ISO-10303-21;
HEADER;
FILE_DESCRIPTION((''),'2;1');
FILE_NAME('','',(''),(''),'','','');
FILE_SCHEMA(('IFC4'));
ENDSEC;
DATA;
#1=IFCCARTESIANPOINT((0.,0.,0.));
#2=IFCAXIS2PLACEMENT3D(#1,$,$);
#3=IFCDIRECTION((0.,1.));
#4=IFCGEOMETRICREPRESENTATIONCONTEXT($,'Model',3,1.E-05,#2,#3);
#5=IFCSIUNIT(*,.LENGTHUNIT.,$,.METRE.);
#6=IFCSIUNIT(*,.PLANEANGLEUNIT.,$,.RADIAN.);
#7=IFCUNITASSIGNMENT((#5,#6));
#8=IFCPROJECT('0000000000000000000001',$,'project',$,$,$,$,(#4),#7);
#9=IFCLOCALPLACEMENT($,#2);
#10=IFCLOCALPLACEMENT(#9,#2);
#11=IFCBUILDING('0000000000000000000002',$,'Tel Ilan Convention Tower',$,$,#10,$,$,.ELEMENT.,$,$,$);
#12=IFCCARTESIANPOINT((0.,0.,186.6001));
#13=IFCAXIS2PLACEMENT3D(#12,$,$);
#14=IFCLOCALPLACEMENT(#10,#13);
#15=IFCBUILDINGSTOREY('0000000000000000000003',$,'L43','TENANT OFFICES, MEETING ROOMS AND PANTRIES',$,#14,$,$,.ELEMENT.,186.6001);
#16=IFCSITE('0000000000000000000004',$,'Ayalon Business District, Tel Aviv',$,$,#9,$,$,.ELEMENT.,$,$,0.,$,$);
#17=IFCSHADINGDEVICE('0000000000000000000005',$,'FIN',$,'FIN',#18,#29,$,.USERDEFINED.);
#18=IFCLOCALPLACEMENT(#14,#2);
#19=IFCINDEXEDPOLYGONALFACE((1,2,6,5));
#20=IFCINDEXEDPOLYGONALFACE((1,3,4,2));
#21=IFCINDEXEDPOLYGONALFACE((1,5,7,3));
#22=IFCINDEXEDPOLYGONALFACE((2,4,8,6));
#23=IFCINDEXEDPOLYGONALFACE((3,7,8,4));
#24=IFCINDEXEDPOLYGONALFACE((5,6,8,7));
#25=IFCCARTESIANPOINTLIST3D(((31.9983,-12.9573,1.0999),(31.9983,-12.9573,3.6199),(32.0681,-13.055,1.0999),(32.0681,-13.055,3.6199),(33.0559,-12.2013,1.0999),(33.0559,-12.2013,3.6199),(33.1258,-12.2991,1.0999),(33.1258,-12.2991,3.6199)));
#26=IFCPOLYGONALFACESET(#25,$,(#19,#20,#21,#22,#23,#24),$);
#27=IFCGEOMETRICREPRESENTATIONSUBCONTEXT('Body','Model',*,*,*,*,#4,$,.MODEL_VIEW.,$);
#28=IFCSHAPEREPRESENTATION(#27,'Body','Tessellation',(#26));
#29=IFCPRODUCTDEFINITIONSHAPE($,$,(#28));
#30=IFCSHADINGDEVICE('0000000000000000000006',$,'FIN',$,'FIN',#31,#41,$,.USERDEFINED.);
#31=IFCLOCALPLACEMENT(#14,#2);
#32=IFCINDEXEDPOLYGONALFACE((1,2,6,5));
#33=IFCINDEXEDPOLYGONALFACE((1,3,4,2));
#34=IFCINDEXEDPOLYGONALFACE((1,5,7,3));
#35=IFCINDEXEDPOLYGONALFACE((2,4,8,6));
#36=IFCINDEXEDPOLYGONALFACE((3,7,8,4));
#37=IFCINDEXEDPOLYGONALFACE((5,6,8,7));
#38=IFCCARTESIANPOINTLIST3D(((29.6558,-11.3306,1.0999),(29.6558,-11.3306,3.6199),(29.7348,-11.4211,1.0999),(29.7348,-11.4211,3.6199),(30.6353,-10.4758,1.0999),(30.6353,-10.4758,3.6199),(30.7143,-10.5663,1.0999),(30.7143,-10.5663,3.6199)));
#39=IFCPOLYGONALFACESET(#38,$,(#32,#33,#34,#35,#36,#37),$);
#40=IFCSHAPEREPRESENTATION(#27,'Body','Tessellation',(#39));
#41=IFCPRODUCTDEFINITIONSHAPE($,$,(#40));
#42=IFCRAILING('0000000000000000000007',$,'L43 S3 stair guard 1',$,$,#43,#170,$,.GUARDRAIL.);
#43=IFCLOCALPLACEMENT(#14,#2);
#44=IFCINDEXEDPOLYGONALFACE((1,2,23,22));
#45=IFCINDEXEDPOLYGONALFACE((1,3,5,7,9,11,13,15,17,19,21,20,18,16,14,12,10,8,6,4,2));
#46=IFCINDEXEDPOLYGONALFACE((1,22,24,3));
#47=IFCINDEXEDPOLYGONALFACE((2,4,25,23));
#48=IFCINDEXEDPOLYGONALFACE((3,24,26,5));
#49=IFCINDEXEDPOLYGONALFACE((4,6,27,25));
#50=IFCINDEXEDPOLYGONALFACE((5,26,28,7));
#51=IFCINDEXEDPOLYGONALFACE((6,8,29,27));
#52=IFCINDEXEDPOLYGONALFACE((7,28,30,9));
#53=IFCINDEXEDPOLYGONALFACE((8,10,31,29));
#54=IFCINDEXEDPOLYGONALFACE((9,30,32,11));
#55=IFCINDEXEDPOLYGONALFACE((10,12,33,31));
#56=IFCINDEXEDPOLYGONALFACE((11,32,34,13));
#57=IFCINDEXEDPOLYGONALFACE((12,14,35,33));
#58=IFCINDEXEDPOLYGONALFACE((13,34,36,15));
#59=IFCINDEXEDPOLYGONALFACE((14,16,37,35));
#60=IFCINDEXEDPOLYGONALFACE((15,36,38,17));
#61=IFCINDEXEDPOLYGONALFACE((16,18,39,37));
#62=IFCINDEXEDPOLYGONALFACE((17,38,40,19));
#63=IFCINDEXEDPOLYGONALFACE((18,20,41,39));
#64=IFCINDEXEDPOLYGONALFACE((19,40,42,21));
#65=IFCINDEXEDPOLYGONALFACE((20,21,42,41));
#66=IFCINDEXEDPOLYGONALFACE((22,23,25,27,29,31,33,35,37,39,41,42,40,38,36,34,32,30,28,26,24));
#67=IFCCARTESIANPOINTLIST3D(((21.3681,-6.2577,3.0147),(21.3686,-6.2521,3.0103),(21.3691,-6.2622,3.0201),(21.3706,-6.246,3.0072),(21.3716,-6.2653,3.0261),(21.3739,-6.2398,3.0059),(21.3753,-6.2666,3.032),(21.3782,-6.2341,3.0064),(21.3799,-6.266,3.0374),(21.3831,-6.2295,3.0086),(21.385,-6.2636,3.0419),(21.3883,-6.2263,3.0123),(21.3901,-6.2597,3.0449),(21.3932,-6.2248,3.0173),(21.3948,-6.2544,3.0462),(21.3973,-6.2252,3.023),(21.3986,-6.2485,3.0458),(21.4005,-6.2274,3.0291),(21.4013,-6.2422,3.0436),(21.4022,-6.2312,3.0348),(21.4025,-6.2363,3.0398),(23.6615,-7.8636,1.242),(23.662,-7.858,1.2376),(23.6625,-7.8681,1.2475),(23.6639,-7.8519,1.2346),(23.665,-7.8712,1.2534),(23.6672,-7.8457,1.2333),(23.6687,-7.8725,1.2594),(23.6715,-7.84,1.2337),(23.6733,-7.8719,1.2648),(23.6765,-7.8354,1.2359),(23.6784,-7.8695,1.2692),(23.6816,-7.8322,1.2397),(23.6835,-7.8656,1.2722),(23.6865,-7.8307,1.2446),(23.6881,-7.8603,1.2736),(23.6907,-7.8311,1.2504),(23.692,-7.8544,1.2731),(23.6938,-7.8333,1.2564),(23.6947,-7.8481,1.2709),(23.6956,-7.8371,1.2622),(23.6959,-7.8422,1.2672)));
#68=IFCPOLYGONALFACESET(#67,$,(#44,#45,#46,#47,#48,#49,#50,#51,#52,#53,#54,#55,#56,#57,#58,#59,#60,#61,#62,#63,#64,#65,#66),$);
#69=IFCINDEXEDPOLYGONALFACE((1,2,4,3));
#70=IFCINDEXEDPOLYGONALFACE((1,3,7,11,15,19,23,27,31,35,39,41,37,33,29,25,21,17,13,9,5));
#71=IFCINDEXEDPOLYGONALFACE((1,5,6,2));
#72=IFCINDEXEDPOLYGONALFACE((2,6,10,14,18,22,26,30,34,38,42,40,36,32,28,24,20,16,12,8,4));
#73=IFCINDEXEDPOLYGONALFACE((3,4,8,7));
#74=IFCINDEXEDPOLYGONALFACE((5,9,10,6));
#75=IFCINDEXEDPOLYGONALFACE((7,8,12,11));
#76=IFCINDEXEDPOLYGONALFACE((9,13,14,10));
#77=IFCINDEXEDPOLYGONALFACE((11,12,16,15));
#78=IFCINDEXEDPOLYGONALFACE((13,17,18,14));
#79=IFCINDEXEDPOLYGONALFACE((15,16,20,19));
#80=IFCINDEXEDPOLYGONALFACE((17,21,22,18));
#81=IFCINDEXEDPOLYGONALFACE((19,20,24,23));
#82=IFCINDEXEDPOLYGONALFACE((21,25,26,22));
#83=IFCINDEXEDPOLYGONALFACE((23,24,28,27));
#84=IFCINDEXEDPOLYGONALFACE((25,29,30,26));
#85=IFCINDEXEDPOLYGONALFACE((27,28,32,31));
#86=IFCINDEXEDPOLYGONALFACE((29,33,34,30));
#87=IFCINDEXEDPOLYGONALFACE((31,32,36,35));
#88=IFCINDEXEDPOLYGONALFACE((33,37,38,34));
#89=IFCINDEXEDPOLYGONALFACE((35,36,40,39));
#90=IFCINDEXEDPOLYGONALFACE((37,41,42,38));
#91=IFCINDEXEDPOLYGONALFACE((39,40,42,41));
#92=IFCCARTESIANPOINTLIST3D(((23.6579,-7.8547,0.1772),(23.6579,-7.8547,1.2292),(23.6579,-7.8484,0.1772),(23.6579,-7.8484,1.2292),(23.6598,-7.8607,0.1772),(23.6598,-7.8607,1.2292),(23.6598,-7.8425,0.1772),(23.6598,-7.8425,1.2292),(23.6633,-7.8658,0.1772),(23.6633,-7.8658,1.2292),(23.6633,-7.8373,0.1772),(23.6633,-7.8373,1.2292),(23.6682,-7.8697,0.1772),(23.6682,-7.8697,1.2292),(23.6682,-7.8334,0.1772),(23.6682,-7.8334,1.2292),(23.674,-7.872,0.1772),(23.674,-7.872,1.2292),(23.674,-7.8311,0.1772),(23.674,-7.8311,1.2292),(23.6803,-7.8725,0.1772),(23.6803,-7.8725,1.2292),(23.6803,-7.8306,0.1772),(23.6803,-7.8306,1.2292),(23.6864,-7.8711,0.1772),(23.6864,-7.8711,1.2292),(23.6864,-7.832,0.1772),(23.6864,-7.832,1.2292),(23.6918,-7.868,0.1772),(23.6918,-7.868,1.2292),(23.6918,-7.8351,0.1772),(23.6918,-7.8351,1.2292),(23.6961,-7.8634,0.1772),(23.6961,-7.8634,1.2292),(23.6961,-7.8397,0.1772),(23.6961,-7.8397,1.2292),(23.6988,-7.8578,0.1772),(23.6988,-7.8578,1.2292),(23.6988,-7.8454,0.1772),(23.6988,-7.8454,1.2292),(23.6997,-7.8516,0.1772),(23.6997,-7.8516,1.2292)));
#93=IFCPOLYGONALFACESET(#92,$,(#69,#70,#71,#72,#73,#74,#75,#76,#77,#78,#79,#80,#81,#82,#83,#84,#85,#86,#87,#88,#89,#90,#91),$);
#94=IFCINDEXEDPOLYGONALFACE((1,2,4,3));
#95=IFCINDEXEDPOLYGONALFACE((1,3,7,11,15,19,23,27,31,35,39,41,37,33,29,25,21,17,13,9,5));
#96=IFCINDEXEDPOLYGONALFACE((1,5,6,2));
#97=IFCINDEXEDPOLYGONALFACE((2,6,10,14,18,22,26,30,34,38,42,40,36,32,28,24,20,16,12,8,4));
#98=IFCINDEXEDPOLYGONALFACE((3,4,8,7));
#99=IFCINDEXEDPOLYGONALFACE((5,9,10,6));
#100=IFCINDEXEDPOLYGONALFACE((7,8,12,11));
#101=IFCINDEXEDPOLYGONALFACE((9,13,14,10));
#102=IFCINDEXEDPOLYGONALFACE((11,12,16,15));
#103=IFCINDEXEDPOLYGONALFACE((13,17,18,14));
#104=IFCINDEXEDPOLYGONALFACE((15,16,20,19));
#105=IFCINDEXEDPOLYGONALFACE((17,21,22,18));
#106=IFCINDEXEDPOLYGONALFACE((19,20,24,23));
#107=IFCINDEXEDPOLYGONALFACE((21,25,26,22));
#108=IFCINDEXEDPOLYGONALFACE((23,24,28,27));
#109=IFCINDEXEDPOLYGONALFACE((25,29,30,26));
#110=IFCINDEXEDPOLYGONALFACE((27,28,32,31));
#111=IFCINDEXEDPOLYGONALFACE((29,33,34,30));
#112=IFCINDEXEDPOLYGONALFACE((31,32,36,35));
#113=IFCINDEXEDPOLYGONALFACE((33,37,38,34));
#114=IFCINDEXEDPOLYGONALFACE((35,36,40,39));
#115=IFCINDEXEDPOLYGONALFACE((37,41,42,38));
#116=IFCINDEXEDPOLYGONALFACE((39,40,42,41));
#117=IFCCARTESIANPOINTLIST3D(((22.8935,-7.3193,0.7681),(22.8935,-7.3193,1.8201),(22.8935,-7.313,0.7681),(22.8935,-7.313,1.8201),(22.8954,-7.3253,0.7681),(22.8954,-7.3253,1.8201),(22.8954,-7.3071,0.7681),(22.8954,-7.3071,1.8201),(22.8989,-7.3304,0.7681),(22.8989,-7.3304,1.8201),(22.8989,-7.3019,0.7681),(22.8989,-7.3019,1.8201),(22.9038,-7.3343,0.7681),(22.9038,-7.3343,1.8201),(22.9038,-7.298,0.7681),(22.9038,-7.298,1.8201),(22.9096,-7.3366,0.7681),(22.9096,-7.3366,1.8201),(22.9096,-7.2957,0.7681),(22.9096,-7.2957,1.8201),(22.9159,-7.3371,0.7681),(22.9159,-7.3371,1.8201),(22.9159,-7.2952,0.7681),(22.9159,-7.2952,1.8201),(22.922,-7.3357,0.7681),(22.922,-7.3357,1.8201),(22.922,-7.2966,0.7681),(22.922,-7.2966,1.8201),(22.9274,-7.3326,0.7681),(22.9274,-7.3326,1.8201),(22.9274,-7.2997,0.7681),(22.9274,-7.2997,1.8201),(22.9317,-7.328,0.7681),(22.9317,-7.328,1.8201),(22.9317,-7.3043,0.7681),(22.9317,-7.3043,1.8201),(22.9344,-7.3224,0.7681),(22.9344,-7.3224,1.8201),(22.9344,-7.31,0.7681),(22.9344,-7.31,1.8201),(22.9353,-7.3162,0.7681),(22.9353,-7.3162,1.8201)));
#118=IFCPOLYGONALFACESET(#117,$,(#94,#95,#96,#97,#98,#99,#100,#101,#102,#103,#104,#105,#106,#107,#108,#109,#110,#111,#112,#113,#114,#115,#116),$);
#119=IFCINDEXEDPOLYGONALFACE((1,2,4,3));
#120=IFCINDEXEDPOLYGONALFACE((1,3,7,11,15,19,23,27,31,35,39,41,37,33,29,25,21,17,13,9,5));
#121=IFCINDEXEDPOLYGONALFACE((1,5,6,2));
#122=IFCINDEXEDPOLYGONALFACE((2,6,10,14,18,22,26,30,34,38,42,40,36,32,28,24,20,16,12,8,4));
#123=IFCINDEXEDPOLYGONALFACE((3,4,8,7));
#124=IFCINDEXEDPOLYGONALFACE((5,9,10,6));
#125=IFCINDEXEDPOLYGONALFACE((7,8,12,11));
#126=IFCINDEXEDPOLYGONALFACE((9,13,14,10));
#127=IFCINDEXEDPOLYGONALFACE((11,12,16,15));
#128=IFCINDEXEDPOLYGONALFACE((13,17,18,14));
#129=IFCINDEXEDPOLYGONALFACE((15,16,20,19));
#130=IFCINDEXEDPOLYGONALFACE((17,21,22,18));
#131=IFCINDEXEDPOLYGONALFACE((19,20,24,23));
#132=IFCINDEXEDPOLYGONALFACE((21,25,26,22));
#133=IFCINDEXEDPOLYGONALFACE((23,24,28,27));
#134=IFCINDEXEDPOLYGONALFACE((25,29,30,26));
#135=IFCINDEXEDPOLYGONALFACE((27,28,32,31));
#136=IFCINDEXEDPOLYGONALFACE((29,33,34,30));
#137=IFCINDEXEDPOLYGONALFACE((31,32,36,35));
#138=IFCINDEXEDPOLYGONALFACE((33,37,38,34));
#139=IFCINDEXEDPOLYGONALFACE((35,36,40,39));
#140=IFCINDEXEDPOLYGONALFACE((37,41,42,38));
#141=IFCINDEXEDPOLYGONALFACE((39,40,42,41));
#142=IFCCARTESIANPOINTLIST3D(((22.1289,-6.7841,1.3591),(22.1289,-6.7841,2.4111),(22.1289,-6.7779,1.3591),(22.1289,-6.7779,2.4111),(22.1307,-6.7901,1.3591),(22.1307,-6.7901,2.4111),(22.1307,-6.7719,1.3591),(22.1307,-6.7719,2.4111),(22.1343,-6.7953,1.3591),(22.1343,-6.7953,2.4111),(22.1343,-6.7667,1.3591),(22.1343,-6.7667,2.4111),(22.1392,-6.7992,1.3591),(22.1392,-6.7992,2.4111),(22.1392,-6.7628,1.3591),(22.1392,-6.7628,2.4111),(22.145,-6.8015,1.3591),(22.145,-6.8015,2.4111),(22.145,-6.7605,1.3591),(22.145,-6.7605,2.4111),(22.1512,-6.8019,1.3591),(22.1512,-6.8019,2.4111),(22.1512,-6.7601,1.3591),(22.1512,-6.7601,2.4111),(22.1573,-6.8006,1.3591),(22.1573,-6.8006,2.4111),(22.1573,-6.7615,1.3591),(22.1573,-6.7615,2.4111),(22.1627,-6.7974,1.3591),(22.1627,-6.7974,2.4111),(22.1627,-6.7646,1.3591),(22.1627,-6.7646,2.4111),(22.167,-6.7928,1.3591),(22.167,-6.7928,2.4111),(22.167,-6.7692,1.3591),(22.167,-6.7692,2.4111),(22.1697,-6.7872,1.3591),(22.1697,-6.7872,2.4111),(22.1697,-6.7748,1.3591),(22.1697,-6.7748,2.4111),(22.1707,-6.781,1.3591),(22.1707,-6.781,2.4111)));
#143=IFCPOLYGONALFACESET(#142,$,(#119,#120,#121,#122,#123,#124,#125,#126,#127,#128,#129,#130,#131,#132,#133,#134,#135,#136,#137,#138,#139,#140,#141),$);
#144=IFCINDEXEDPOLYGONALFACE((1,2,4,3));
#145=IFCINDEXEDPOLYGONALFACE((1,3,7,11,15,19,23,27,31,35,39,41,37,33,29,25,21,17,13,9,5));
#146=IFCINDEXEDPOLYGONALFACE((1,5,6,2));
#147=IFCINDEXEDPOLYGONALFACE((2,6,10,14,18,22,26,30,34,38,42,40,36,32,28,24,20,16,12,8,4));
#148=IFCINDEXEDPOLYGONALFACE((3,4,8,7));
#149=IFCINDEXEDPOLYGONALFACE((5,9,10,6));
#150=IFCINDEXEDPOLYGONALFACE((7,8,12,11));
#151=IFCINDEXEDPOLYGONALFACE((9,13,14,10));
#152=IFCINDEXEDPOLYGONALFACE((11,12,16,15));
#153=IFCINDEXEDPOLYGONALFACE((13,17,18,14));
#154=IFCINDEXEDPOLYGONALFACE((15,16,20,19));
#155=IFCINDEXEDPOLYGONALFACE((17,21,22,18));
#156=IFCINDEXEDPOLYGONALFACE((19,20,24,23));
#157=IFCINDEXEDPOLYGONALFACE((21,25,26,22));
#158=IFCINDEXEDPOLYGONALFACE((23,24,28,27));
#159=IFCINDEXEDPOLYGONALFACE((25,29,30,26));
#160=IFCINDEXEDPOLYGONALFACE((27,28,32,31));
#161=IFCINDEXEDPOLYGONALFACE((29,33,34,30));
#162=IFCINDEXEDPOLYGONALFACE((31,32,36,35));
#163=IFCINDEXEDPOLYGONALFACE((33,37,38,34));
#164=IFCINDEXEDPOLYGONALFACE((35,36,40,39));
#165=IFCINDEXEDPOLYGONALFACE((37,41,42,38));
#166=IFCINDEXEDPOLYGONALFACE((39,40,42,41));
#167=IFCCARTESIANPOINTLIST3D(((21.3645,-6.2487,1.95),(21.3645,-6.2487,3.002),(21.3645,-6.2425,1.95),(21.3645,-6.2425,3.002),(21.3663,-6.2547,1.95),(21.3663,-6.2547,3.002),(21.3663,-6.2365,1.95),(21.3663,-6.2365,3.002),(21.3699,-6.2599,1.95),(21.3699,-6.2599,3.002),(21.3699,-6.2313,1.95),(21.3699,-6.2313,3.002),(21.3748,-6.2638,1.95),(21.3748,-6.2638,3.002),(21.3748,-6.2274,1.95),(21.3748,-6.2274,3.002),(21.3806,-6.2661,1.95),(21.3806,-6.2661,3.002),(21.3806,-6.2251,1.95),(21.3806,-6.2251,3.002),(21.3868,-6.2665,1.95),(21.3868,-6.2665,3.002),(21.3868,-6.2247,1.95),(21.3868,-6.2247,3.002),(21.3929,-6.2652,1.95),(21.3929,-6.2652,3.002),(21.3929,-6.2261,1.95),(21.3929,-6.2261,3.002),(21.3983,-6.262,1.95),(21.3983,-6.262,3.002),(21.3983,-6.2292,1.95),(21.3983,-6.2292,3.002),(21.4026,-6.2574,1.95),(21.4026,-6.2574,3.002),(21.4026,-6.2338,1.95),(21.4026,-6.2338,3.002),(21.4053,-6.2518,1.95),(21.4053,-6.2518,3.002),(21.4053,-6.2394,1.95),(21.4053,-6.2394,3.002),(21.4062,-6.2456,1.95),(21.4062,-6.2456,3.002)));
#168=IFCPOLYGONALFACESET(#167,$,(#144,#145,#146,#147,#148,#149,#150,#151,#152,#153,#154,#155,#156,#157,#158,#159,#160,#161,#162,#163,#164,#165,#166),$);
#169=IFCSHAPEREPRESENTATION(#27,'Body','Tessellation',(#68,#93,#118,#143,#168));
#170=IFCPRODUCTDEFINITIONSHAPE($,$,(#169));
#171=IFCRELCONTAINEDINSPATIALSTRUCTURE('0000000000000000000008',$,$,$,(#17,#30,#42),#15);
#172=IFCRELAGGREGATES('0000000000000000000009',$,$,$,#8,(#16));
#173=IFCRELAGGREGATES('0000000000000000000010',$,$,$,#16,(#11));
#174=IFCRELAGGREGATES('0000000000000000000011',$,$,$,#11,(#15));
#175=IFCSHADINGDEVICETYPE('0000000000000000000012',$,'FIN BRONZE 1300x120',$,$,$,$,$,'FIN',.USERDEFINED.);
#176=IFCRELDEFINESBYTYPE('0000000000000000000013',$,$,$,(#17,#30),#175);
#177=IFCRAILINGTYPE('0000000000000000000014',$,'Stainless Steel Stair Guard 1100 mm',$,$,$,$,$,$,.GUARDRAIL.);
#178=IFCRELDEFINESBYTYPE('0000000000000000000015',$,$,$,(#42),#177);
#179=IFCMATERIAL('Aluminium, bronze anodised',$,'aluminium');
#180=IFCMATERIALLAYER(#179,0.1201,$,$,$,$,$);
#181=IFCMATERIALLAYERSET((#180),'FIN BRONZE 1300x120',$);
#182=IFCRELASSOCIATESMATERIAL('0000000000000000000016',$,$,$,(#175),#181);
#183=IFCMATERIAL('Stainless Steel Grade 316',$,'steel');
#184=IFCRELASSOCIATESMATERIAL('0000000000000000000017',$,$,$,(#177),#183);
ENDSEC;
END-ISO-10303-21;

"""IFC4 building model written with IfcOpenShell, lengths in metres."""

from ifc_helpers import new_model, si_unit, direction, frame, origin, origin_2d, place, context, subcontext, project, spatial, rectangle, circle, extrude, material, layer, layer_set, type_object, element, save


model = new_model("IFC4")

# Units and contexts
model_context = context("Model", 3, precision=1e-05, world=origin(), true_north=direction((0.0, 1.0)))
body_context = subcontext(model_context, "Body", "Model", "MODEL_VIEW")
ifc_project = project(units=[si_unit("LENGTHUNIT", "METRE"), si_unit("PLANEANGLEUNIT", "RADIAN")], contexts=[model_context])

# Site, building, storey
site_placement = place(None, origin())
site = spatial("IfcSite", under=ifc_project, at=site_placement, Name="Ayalon Business District, Tel Aviv", CompositionType="ELEMENT", RefElevation=0.0)
building_placement = place(site_placement, origin())
building = spatial("IfcBuilding", under=site, at=building_placement, Name="Tel Ilan Convention Tower", CompositionType="ELEMENT")
storey_placement = place(building_placement, frame((0.0, 0.0, 186.6001)))
storey = spatial("IfcBuildingStorey", under=building, at=storey_placement, Name="L43", Description="TENANT OFFICES, MEETING ROOMS AND PANTRIES", CompositionType="ELEMENT", Elevation=186.6001)

# Shading devices
ifc_material_1 = material(Name="Aluminium, bronze anodised", Category="aluminium")
ifc_layer_1 = layer(ifc_material_1, 0.1201)
ifc_layer_set_1 = layer_set([ifc_layer_1], Name="FIN BRONZE 1300x120")
shading_device_type = type_object("IfcShadingDeviceType", Name="FIN BRONZE 1300x120", ElementType="FIN", PredefinedType="USERDEFINED", material=ifc_layer_set_1)
for number, where, z_axis, x_axis, name in (
    (1, (32.562, -12.6282, 1.0999), (0.0, 0.0, 1.0), (0.813552, 0.581492, 0.0), "FIN"),
    (2, (30.1851, -10.9485, 1.0999), (0.0, 0.0, 1.0), (0.753436, 0.657521, 0.0), "FIN"),
):
    element("IfcShadingDevice", number, at=place(storey_placement, frame(where, z_axis=z_axis, x_axis=x_axis)), inside=storey, type_object=shading_device_type, Name=name, ObjectType="FIN", PredefinedType="USERDEFINED", context=body_context, shape_type="SweptSolid", body=[
        extrude(rectangle(XDim=1.3, YDim=0.1201, at=origin_2d()), origin(), (0.0, 0.0, 1.0), 2.52),
    ])

# Railing
ifc_material_2 = material(Name="Stainless Steel Grade 316", Category="steel")
railing_type_1 = type_object("IfcRailingType", Name="Stainless Steel Stair Guard 1100 mm", PredefinedType="GUARDRAIL", material=ifc_material_2)
railing_1_placement = place(storey_placement, frame((23.6787, -7.8516, 0.1772)))
element("IfcRailing", 3, at=railing_1_placement, inside=storey, type_object=railing_type_1, Name="L43 S3 stair guard 1", PredefinedType="GUARDRAIL", context=body_context, shape_type="SweptSolid", body=[
    extrude(circle(Radius=0.0239, at=origin_2d()), frame((0.0, 0.0, 1.0762), z_axis=(-0.692085, 0.484621, 0.53494), x_axis=(-0.573591, -0.819142, 0.0)), (0.0, 0.0, 1.0), 3.3137),
    extrude(circle(Radius=0.021, at=origin_2d()), origin(), (0.0, 0.0, 1.0), 1.052),
    extrude(circle(Radius=0.021, at=origin_2d()), frame((-0.7644, 0.5354, 0.5908)), (0.0, 0.0, 1.0), 1.052),
    extrude(circle(Radius=0.021, at=origin_2d()), frame((-1.5291, 1.0706, 1.1819)), (0.0, 0.0, 1.0), 1.052),
    extrude(circle(Radius=0.021, at=origin_2d()), frame((-2.2935, 1.606, 1.7727)), (0.0, 0.0, 1.0), 1.052),
])

save(model, "model.ifc")
